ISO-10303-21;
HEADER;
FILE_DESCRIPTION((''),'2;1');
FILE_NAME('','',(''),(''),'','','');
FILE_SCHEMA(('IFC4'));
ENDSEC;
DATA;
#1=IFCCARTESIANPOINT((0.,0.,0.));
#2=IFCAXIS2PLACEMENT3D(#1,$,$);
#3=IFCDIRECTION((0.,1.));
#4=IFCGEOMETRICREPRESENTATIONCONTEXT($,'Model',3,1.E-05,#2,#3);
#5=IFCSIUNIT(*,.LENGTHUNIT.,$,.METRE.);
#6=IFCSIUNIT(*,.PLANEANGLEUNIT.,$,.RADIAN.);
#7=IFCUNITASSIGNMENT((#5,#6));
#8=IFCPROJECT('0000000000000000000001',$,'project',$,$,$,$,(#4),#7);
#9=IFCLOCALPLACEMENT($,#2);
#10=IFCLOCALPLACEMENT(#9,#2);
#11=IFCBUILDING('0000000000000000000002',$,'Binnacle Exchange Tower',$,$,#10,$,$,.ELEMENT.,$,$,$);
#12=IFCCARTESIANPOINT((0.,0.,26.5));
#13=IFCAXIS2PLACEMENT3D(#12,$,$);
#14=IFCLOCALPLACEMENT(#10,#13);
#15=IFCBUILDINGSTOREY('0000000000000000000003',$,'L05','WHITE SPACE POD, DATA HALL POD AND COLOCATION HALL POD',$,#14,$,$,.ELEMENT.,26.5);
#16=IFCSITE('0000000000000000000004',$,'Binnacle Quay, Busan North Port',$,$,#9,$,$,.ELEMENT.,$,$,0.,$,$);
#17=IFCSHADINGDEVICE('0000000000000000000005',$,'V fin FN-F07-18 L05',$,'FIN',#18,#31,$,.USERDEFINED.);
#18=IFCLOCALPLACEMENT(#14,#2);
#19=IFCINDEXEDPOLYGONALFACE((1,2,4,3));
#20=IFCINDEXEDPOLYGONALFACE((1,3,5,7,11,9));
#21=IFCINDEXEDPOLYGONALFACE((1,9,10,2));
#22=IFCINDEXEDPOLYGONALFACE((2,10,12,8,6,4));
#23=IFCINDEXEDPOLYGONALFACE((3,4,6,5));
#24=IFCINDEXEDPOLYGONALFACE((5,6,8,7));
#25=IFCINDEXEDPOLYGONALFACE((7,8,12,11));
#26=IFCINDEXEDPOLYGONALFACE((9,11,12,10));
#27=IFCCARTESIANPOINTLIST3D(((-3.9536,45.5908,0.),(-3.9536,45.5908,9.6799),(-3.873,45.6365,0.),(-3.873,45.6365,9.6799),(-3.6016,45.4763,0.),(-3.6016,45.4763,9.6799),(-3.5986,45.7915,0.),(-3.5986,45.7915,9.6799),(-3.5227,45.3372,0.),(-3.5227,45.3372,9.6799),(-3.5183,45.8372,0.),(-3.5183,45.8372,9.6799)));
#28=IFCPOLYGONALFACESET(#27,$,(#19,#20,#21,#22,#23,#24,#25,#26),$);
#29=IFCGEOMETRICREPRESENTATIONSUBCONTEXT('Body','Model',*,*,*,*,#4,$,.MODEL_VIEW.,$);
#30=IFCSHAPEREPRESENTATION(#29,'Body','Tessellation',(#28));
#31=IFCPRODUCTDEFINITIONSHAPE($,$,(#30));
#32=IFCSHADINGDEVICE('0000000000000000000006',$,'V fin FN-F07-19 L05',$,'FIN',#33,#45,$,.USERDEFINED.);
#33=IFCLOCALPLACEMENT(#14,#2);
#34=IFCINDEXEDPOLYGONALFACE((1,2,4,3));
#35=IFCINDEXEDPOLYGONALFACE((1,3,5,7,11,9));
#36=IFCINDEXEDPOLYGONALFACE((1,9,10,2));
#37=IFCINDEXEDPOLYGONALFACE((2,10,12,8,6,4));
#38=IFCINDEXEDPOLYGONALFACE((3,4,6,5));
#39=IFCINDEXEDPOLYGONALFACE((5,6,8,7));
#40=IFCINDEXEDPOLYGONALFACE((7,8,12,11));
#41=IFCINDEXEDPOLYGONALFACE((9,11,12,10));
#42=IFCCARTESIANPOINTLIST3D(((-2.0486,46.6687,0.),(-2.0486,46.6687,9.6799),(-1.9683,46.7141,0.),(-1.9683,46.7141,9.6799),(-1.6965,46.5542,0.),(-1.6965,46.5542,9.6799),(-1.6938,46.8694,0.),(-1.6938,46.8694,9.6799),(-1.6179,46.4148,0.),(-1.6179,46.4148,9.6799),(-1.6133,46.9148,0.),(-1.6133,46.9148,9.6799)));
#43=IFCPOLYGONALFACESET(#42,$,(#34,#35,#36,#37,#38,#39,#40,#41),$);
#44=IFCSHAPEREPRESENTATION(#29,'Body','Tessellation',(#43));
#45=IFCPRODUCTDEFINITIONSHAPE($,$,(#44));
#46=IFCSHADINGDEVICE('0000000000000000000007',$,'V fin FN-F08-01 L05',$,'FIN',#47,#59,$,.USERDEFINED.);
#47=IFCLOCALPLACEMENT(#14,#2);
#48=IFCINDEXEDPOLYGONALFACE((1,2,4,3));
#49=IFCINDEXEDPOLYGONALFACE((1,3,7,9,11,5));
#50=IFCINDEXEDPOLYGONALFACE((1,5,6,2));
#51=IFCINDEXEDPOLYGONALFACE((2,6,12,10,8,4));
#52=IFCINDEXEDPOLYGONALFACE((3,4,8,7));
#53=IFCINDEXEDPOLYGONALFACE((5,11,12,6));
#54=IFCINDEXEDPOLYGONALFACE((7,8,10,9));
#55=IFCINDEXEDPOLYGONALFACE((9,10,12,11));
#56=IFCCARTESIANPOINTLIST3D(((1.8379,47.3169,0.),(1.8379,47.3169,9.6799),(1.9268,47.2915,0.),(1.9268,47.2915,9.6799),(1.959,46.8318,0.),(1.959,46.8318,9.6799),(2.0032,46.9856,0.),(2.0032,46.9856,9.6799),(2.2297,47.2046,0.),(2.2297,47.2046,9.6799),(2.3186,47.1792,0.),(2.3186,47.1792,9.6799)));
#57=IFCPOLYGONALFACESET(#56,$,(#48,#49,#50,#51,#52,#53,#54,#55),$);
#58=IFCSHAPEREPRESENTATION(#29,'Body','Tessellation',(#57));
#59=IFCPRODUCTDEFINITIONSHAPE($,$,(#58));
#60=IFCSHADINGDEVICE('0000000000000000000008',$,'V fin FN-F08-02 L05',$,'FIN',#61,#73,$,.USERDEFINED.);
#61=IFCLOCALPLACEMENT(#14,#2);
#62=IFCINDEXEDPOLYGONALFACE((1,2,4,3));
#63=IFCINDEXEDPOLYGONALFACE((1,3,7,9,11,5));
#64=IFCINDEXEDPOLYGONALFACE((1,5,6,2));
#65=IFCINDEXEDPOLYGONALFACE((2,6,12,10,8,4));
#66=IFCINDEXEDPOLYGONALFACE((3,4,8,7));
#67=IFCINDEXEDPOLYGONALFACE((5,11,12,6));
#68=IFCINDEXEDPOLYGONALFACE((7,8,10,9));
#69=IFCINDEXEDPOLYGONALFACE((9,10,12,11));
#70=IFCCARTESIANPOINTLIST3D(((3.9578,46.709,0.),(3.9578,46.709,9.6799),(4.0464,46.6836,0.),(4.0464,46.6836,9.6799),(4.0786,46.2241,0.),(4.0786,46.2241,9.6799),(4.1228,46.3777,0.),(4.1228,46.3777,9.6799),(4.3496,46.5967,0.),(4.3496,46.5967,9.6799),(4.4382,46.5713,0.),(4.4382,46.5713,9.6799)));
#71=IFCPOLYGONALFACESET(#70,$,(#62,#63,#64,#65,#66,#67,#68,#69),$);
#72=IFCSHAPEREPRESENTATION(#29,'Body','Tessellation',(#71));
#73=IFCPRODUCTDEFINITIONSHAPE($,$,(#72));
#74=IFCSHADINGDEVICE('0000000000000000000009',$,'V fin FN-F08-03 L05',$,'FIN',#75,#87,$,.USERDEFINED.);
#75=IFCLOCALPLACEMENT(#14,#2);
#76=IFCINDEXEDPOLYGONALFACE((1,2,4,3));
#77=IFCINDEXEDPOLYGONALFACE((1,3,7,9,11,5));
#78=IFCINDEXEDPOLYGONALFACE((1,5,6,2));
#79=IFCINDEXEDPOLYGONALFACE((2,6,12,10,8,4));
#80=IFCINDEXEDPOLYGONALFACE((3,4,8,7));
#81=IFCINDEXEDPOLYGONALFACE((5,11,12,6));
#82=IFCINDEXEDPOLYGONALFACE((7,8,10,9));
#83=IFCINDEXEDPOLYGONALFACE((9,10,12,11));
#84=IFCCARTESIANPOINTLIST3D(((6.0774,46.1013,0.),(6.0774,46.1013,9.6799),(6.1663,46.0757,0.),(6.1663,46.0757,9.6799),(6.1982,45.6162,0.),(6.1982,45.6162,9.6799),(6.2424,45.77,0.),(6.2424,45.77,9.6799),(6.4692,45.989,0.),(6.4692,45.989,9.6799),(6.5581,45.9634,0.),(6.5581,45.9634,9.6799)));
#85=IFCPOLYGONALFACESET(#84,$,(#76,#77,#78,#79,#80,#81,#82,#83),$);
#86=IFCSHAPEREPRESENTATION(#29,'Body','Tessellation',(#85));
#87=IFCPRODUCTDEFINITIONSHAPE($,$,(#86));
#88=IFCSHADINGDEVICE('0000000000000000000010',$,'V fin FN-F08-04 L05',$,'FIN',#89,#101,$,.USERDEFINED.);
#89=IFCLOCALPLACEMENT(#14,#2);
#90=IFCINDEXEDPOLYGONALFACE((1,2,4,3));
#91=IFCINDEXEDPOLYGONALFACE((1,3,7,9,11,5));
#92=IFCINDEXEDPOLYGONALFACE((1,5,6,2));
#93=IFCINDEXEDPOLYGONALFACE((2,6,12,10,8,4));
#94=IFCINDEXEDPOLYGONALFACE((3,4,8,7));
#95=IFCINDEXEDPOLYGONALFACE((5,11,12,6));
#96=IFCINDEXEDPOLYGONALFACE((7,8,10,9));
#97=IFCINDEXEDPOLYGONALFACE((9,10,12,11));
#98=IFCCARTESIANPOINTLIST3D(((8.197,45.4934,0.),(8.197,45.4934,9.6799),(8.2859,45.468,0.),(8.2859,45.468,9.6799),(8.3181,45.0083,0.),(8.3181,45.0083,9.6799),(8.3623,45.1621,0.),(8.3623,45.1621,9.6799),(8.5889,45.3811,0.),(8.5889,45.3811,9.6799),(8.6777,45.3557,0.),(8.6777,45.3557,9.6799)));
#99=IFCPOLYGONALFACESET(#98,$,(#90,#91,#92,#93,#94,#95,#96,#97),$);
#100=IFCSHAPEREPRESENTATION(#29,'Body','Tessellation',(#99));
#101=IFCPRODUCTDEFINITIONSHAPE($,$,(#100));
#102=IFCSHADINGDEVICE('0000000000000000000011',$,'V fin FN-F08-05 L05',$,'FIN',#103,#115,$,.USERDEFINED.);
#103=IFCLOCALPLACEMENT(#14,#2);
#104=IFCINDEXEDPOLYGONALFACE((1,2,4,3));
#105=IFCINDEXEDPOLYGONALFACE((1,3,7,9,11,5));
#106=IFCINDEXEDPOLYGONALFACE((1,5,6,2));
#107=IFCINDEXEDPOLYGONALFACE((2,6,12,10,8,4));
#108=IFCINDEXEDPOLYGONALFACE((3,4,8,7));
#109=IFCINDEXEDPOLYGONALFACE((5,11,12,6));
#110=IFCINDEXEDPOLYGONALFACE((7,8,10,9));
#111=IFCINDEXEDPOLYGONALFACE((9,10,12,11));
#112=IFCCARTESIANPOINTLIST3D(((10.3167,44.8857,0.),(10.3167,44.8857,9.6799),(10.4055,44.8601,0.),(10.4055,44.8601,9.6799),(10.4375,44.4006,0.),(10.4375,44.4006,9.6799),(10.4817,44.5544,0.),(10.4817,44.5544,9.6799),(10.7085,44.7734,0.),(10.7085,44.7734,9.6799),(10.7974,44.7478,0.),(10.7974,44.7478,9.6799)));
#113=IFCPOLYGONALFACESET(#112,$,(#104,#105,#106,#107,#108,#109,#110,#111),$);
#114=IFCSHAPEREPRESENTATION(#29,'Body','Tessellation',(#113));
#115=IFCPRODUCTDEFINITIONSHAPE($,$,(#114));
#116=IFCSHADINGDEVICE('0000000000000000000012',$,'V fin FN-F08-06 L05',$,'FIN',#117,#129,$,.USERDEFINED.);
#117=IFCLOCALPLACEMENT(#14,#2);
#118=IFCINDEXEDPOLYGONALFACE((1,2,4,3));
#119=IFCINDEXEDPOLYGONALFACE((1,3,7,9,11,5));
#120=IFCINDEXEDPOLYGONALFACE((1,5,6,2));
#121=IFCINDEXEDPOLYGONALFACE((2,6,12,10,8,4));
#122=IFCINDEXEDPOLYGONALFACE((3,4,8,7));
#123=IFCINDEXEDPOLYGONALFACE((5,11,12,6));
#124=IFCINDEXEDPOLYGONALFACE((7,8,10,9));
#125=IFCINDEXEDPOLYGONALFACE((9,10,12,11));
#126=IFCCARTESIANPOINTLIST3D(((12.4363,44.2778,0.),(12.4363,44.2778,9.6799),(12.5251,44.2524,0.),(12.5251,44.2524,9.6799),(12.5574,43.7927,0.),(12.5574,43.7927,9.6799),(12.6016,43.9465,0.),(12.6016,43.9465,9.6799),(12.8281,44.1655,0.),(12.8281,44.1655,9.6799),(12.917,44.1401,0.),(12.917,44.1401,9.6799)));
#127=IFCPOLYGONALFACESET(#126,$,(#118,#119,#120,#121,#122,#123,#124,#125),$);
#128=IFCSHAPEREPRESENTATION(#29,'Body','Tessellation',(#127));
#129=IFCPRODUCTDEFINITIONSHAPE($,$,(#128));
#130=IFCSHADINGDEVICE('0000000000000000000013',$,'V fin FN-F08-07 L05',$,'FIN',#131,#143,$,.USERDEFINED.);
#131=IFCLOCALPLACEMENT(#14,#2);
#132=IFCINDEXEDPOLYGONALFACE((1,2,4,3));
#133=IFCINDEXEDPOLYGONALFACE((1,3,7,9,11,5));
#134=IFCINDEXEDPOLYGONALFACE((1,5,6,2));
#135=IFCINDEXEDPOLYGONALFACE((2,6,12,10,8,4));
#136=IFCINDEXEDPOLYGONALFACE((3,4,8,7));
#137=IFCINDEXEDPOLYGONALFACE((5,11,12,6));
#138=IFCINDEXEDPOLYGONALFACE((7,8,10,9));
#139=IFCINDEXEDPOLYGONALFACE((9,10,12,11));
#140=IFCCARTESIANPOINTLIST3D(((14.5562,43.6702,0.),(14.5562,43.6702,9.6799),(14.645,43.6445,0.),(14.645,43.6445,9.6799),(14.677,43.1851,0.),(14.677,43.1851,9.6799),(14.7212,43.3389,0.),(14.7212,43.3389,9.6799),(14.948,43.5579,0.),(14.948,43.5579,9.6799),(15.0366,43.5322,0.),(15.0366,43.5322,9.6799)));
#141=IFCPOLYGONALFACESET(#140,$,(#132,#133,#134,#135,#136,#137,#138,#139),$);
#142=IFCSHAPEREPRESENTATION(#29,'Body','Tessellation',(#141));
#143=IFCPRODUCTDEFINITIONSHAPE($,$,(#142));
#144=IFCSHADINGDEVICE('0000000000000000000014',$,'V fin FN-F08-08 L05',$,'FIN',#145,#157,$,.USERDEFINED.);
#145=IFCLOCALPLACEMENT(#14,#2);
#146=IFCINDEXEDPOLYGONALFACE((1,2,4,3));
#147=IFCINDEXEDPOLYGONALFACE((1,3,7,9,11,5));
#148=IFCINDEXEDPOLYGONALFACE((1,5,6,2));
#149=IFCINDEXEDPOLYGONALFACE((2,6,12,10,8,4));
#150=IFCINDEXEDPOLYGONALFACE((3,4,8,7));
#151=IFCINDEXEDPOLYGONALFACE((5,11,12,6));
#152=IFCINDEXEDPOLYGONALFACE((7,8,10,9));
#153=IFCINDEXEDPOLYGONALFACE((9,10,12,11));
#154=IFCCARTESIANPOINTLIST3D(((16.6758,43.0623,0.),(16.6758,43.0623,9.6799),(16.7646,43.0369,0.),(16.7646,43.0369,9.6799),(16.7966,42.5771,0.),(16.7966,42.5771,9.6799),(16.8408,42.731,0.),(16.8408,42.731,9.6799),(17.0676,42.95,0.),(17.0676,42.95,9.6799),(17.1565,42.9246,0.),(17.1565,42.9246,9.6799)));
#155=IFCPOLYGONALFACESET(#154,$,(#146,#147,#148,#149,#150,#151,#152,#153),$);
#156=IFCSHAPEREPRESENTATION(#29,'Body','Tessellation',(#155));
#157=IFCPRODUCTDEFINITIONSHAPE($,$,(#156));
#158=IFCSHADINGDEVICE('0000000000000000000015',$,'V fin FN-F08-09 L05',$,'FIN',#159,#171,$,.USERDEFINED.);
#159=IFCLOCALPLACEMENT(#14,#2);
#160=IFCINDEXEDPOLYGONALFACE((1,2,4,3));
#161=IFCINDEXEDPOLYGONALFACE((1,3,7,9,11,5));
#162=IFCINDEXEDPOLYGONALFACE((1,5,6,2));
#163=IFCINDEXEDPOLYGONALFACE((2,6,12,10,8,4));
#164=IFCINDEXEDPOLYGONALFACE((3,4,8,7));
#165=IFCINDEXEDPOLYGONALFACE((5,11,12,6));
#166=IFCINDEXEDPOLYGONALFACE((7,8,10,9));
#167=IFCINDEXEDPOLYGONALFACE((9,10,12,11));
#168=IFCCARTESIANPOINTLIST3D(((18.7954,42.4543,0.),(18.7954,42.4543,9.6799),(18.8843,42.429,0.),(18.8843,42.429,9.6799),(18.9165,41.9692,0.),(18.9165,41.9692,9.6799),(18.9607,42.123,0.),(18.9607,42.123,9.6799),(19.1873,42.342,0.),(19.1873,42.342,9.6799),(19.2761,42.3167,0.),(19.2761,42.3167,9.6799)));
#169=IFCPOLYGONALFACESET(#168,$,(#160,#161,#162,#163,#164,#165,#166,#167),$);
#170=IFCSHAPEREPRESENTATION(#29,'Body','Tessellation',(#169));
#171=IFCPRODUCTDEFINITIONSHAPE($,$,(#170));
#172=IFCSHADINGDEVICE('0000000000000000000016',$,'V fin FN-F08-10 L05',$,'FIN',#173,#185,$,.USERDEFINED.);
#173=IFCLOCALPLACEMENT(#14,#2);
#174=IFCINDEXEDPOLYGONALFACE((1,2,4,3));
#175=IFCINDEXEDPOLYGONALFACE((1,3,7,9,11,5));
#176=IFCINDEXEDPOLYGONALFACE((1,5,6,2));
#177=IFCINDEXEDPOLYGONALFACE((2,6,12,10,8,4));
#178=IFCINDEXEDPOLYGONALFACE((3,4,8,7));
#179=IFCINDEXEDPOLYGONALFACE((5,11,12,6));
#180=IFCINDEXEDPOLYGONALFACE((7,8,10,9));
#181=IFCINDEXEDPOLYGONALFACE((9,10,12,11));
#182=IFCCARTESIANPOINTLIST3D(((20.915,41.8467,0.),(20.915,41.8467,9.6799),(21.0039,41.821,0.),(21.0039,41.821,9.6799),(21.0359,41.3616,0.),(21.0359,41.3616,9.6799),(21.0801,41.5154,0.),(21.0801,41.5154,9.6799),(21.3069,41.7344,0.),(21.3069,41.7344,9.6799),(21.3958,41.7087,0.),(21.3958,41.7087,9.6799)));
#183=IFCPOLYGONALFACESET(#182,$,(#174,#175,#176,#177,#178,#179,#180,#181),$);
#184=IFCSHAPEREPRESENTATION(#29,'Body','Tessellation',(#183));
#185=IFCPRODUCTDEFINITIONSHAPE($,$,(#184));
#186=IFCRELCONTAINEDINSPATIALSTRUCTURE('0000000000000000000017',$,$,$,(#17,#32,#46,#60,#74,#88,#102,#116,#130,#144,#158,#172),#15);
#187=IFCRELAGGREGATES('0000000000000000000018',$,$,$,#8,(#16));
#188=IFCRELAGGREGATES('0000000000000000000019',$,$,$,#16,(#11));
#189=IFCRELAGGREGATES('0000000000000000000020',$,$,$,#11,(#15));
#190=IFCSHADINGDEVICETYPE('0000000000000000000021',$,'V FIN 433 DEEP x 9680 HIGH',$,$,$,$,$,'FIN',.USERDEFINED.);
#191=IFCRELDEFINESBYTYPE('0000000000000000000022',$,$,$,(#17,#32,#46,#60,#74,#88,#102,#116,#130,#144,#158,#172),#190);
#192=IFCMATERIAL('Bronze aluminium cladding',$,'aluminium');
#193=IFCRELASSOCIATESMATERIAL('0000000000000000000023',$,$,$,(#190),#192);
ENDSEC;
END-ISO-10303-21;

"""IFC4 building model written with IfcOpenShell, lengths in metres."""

from ifc_helpers import new_model, si_unit, direction, frame, origin, place, context, subcontext, project, spatial, polyline, outline, extrude, material, type_object, element, save


model = new_model("IFC4")

# Units and contexts
model_context = context("Model", 3, precision=1e-05, world=origin(), true_north=direction((0.0, 1.0)))
body_context = subcontext(model_context, "Body", "Model", "MODEL_VIEW")
ifc_project = project(units=[si_unit("LENGTHUNIT", "METRE"), si_unit("PLANEANGLEUNIT", "RADIAN")], contexts=[model_context])

# Site, building, storey
site_placement = place(None, origin())
site = spatial("IfcSite", under=ifc_project, at=site_placement, Name="Binnacle Quay, Busan North Port", CompositionType="ELEMENT", RefElevation=0.0)
building_placement = place(site_placement, origin())
building = spatial("IfcBuilding", under=site, at=building_placement, Name="Binnacle Exchange Tower", CompositionType="ELEMENT")
storey_placement = place(building_placement, frame((0.0, 0.0, 26.5)))
storey = spatial("IfcBuildingStorey", under=building, at=storey_placement, Name="L05", Description="WHITE SPACE POD, DATA HALL POD AND COLOCATION HALL POD", CompositionType="ELEMENT", Elevation=26.5)

# Shading devices
ifc_material = material(Name="Bronze aluminium cladding", Category="aluminium")
shading_device_type = type_object("IfcShadingDeviceType", Name="V FIN 433 DEEP x 9680 HIGH", ElementType="FIN", PredefinedType="USERDEFINED", material=ifc_material)
shading_device_1_placement = place(storey_placement, origin())
element("IfcShadingDevice", 1, at=shading_device_1_placement, inside=storey, type_object=shading_device_type, Name="V fin FN-F07-18 L05", ObjectType="FIN", PredefinedType="USERDEFINED", context=body_context, shape_type="SweptSolid", body=[
    extrude(outline(polyline([(-3.9536, 45.5908), (-3.5227, 45.3372), (-3.5183, 45.8372), (-3.5986, 45.7915), (-3.6016, 45.4763), (-3.873, 45.6365), (-3.9536, 45.5908)])), origin(), (0.0, 0.0, 1.0), 9.6799),
])
shading_device_2_placement = place(storey_placement, origin())
element("IfcShadingDevice", 2, at=shading_device_2_placement, inside=storey, type_object=shading_device_type, Name="V fin FN-F07-19 L05", ObjectType="FIN", PredefinedType="USERDEFINED", context=body_context, shape_type="SweptSolid", body=[
    extrude(outline(polyline([(-2.0486, 46.6687), (-1.6179, 46.4148), (-1.6133, 46.9148), (-1.6938, 46.8694), (-1.6965, 46.5542), (-1.9683, 46.7141), (-2.0486, 46.6687)])), origin(), (0.0, 0.0, 1.0), 9.6799),
])
shading_device_3_placement = place(storey_placement, origin())
element("IfcShadingDevice", 3, at=shading_device_3_placement, inside=storey, type_object=shading_device_type, Name="V fin FN-F08-01 L05", ObjectType="FIN", PredefinedType="USERDEFINED", context=body_context, shape_type="SweptSolid", body=[
    extrude(outline(polyline([(1.8379, 47.3169), (1.959, 46.8318), (2.3186, 47.1792), (2.2297, 47.2046), (2.0032, 46.9856), (1.9268, 47.2915), (1.8379, 47.3169)])), origin(), (0.0, 0.0, 1.0), 9.6799),
])
shading_device_4_placement = place(storey_placement, origin())
element("IfcShadingDevice", 4, at=shading_device_4_placement, inside=storey, type_object=shading_device_type, Name="V fin FN-F08-02 L05", ObjectType="FIN", PredefinedType="USERDEFINED", context=body_context, shape_type="SweptSolid", body=[
    extrude(outline(polyline([(3.9578, 46.709), (4.0786, 46.2241), (4.4382, 46.5713), (4.3496, 46.5967), (4.1228, 46.3777), (4.0464, 46.6836), (3.9578, 46.709)])), origin(), (0.0, 0.0, 1.0), 9.6799),
])
shading_device_5_placement = place(storey_placement, origin())
element("IfcShadingDevice", 5, at=shading_device_5_placement, inside=storey, type_object=shading_device_type, Name="V fin FN-F08-03 L05", ObjectType="FIN", PredefinedType="USERDEFINED", context=body_context, shape_type="SweptSolid", body=[
    extrude(outline(polyline([(6.0774, 46.1013), (6.1982, 45.6162), (6.5581, 45.9634), (6.4692, 45.989), (6.2424, 45.77), (6.1663, 46.0757), (6.0774, 46.1013)])), origin(), (0.0, 0.0, 1.0), 9.6799),
])
shading_device_6_placement = place(storey_placement, origin())
element("IfcShadingDevice", 6, at=shading_device_6_placement, inside=storey, type_object=shading_device_type, Name="V fin FN-F08-04 L05", ObjectType="FIN", PredefinedType="USERDEFINED", context=body_context, shape_type="SweptSolid", body=[
    extrude(outline(polyline([(8.197, 45.4934), (8.3181, 45.0083), (8.6777, 45.3557), (8.5889, 45.3811), (8.3623, 45.1621), (8.2859, 45.468), (8.197, 45.4934)])), origin(), (0.0, 0.0, 1.0), 9.6799),
])
shading_device_7_placement = place(storey_placement, origin())
element("IfcShadingDevice", 7, at=shading_device_7_placement, inside=storey, type_object=shading_device_type, Name="V fin FN-F08-05 L05", ObjectType="FIN", PredefinedType="USERDEFINED", context=body_context, shape_type="SweptSolid", body=[
    extrude(outline(polyline([(10.3167, 44.8857), (10.4375, 44.4006), (10.7974, 44.7478), (10.7085, 44.7734), (10.4817, 44.5544), (10.4055, 44.8601), (10.3167, 44.8857)])), origin(), (0.0, 0.0, 1.0), 9.6799),
])
shading_device_8_placement = place(storey_placement, origin())
element("IfcShadingDevice", 8, at=shading_device_8_placement, inside=storey, type_object=shading_device_type, Name="V fin FN-F08-06 L05", ObjectType="FIN", PredefinedType="USERDEFINED", context=body_context, shape_type="SweptSolid", body=[
    extrude(outline(polyline([(12.4363, 44.2778), (12.5574, 43.7927), (12.917, 44.1401), (12.8281, 44.1655), (12.6016, 43.9465), (12.5251, 44.2524), (12.4363, 44.2778)])), origin(), (0.0, 0.0, 1.0), 9.6799),
])
shading_device_9_placement = place(storey_placement, origin())
element("IfcShadingDevice", 9, at=shading_device_9_placement, inside=storey, type_object=shading_device_type, Name="V fin FN-F08-07 L05", ObjectType="FIN", PredefinedType="USERDEFINED", context=body_context, shape_type="SweptSolid", body=[
    extrude(outline(polyline([(14.5562, 43.6702), (14.677, 43.1851), (15.0366, 43.5322), (14.948, 43.5579), (14.7212, 43.3389), (14.645, 43.6445), (14.5562, 43.6702)])), origin(), (0.0, 0.0, 1.0), 9.6799),
])
shading_device_10_placement = place(storey_placement, origin())
element("IfcShadingDevice", 10, at=shading_device_10_placement, inside=storey, type_object=shading_device_type, Name="V fin FN-F08-08 L05", ObjectType="FIN", PredefinedType="USERDEFINED", context=body_context, shape_type="SweptSolid", body=[
    extrude(outline(polyline([(16.6758, 43.0623), (16.7966, 42.5771), (17.1565, 42.9246), (17.0676, 42.95), (16.8408, 42.731), (16.7646, 43.0369), (16.6758, 43.0623)])), origin(), (0.0, 0.0, 1.0), 9.6799),
])
shading_device_11_placement = place(storey_placement, origin())
element("IfcShadingDevice", 11, at=shading_device_11_placement, inside=storey, type_object=shading_device_type, Name="V fin FN-F08-09 L05", ObjectType="FIN", PredefinedType="USERDEFINED", context=body_context, shape_type="SweptSolid", body=[
    extrude(outline(polyline([(18.7954, 42.4543), (18.9165, 41.9692), (19.2761, 42.3167), (19.1873, 42.342), (18.9607, 42.123), (18.8843, 42.429), (18.7954, 42.4543)])), origin(), (0.0, 0.0, 1.0), 9.6799),
])
shading_device_12_placement = place(storey_placement, origin())
element("IfcShadingDevice", 12, at=shading_device_12_placement, inside=storey, type_object=shading_device_type, Name="V fin FN-F08-10 L05", ObjectType="FIN", PredefinedType="USERDEFINED", context=body_context, shape_type="SweptSolid", body=[
    extrude(outline(polyline([(20.915, 41.8467), (21.0359, 41.3616), (21.3958, 41.7087), (21.3069, 41.7344), (21.0801, 41.5154), (21.0039, 41.821), (20.915, 41.8467)])), origin(), (0.0, 0.0, 1.0), 9.6799),
])

save(model, "model.ifc")
